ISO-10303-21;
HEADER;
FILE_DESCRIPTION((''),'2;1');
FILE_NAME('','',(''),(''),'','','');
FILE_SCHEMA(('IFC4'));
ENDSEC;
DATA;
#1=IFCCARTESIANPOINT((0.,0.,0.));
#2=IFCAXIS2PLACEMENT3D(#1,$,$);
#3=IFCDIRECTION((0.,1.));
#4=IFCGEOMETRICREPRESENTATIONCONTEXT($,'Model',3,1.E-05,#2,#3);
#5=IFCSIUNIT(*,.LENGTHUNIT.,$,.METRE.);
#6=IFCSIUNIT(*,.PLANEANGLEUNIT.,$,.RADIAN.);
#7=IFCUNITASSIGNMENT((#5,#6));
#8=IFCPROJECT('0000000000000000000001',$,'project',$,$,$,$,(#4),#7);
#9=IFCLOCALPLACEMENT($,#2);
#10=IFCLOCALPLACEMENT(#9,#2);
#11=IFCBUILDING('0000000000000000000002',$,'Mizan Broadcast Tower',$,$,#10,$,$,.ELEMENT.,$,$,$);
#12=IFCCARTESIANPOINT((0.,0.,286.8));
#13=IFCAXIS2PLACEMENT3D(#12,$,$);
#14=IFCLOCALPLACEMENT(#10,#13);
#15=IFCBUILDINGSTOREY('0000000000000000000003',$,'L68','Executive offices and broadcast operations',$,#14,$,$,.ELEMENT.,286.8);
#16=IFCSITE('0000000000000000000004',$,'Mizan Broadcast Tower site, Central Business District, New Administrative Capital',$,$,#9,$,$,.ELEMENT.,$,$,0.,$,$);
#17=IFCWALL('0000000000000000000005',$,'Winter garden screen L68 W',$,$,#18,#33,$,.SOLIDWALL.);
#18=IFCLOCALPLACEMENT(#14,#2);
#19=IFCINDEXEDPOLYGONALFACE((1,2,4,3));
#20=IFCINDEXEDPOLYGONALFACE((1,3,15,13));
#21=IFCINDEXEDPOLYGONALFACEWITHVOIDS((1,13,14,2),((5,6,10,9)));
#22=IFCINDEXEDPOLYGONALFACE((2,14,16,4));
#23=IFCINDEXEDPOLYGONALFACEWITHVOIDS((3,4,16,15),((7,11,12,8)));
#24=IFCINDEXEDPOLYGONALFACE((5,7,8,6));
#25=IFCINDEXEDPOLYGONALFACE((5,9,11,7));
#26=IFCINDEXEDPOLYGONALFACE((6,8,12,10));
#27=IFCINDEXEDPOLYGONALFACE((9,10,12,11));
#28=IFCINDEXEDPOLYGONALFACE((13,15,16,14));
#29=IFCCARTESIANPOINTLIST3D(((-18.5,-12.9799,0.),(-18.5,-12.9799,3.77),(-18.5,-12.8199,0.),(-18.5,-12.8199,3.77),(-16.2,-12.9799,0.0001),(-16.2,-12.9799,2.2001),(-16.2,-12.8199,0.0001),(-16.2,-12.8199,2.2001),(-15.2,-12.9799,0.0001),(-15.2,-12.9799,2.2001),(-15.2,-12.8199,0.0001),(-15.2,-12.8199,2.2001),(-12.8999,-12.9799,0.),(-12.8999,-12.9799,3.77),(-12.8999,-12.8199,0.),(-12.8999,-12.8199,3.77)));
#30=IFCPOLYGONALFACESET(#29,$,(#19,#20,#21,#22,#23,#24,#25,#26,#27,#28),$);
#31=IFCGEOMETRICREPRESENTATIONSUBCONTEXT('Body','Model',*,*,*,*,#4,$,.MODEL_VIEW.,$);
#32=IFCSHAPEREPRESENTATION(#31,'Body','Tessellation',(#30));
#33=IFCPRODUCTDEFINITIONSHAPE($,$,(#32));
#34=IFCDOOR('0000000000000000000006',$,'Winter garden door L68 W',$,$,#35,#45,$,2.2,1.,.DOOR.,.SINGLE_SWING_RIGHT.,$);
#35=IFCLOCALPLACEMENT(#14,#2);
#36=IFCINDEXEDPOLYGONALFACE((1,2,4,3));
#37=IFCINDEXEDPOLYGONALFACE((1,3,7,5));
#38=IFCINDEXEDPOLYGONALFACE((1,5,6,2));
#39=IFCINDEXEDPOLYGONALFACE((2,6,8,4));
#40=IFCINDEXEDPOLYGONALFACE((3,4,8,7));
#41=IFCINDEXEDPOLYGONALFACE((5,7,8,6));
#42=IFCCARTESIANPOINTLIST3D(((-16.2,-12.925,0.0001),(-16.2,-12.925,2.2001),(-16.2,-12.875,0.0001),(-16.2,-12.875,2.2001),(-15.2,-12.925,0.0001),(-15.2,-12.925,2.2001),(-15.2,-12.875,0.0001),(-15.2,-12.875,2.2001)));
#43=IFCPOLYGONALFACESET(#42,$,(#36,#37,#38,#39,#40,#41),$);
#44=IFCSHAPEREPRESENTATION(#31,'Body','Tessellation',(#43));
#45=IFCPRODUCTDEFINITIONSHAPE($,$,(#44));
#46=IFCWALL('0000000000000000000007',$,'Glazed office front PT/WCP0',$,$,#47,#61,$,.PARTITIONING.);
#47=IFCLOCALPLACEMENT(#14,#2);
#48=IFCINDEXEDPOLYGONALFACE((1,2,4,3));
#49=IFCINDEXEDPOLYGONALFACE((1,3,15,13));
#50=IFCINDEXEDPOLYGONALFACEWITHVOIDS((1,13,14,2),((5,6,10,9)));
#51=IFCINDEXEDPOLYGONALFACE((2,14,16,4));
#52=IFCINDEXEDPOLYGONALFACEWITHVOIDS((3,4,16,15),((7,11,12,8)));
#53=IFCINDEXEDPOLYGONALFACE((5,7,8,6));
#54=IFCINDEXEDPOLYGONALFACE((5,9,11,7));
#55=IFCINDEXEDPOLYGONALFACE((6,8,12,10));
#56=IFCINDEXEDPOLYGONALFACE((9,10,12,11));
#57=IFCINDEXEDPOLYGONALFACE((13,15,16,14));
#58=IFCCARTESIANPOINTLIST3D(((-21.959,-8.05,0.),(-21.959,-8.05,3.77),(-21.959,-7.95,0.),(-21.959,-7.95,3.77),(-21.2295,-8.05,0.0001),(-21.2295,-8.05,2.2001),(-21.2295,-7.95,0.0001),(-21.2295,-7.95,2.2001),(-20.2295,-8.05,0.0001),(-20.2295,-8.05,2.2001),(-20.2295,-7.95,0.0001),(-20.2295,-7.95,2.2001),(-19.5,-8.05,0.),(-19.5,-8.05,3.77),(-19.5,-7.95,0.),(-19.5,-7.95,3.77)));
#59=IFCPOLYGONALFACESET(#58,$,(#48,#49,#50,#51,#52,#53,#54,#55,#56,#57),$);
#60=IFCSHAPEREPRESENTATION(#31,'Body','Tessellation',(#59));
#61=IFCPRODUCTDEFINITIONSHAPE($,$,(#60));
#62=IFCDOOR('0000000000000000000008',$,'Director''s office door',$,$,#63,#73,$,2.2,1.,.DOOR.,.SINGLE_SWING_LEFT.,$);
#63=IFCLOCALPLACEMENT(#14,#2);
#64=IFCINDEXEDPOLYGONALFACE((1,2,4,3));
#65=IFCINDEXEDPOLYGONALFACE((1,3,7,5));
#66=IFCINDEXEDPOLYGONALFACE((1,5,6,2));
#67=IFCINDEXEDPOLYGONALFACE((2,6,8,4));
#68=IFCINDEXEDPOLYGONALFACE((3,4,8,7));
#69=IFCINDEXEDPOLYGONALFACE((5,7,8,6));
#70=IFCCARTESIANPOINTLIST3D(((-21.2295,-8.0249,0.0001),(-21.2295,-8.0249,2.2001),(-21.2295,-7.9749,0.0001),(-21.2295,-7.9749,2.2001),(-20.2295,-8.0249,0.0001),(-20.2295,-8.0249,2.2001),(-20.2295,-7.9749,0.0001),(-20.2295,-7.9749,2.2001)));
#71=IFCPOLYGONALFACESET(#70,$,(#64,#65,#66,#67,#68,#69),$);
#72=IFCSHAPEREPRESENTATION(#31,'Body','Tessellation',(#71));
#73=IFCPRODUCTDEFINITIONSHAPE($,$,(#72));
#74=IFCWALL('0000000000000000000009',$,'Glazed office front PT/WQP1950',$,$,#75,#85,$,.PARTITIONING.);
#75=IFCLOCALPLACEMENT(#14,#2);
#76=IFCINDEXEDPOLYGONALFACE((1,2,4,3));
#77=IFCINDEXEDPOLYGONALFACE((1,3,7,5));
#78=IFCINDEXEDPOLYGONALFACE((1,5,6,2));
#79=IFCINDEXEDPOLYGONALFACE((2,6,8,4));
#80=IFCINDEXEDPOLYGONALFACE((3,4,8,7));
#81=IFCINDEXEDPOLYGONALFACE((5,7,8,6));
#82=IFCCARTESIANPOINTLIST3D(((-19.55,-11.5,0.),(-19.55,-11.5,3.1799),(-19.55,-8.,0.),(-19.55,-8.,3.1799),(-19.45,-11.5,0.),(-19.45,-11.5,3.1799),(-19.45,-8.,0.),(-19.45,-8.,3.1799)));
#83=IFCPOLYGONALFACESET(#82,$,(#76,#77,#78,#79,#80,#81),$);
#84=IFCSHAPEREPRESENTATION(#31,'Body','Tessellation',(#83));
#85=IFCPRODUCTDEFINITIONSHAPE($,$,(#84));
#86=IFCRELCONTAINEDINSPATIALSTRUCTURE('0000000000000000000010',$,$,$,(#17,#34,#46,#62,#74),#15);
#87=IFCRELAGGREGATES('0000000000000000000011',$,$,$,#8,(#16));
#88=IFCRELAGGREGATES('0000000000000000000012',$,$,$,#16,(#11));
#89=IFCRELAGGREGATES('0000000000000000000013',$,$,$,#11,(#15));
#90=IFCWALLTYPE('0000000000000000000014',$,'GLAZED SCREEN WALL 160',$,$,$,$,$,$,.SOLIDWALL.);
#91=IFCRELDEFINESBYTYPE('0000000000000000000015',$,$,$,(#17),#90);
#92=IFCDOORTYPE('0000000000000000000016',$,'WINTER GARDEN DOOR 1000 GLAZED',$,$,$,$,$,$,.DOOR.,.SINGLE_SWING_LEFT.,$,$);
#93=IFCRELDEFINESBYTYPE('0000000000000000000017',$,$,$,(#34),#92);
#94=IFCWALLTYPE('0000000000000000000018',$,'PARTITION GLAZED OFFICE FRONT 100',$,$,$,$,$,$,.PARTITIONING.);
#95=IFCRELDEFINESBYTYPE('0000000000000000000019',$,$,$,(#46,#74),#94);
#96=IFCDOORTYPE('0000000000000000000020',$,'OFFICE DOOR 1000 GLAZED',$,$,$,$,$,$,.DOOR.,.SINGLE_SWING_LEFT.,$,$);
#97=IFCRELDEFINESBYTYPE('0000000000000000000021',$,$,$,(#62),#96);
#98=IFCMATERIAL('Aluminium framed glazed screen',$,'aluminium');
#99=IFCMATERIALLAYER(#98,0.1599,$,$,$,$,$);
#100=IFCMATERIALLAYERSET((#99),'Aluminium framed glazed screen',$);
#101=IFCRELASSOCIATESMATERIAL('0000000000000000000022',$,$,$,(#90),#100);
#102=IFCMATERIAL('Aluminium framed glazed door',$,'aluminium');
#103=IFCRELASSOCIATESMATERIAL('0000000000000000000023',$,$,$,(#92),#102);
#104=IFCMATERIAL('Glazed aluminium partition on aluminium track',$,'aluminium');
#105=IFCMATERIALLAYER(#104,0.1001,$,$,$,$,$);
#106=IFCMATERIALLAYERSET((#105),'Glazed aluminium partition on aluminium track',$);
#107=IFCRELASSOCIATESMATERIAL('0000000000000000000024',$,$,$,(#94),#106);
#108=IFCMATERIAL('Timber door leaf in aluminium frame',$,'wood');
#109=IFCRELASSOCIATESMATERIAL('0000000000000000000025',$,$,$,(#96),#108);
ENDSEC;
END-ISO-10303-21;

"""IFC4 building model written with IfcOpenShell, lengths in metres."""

from ifc_helpers import new_model, si_unit, direction, frame, frame_2d, origin, place, context, subcontext, project, spatial, rectangle, extrude, material, layer, layer_set, type_object, element, fill, save


model = new_model("IFC4")

# Units and contexts
model_context = context("Model", 3, precision=1e-05, world=origin(), true_north=direction((0.0, 1.0)))
body_context = subcontext(model_context, "Body", "Model", "MODEL_VIEW")
ifc_project = project(units=[si_unit("LENGTHUNIT", "METRE"), si_unit("PLANEANGLEUNIT", "RADIAN")], contexts=[model_context])

# Site, building, storey
site_placement = place(None, origin())
site = spatial("IfcSite", under=ifc_project, at=site_placement, Name="Mizan Broadcast Tower site, Central Business District, New Administrative Capital", CompositionType="ELEMENT", RefElevation=0.0)
building_placement = place(site_placement, origin())
building = spatial("IfcBuilding", under=site, at=building_placement, Name="Mizan Broadcast Tower", CompositionType="ELEMENT")
storey_placement = place(building_placement, frame((0.0, 0.0, 286.8)))
storey = spatial("IfcBuildingStorey", under=building, at=storey_placement, Name="L68", Description="Executive offices and broadcast operations", CompositionType="ELEMENT", Elevation=286.8)

# Walls, openings, doors
ifc_material_1 = material(Name="Aluminium framed glazed screen", Category="aluminium")
ifc_layer_1 = layer(ifc_material_1, 0.1599)
ifc_layer_set_1 = layer_set([ifc_layer_1], Name="Aluminium framed glazed screen")
wall_type_1 = type_object("IfcWallType", Name="GLAZED SCREEN WALL 160", PredefinedType="SOLIDWALL", material=ifc_layer_set_1)
wall_1_placement = place(storey_placement, frame((-18.5, -12.8999, 0.0), z_axis=(0.0, 0.0, 1.0), x_axis=(1.0, 0.0, 0.0)))
wall_1 = element("IfcWall", 1, at=wall_1_placement, inside=storey, type_object=wall_type_1, Name="Winter garden screen L68 W", PredefinedType="SOLIDWALL", context=body_context, shape_type="SweptSolid", body=[
    extrude(rectangle(XDim=5.6001, YDim=0.1599, at=frame_2d((2.8, 0.0))), origin(), (0.0, 0.0, 1.0), 3.77),
])
opening_1_placement = place(wall_1_placement, frame((2.3, 0.0, 0.0)))
opening_1 = element("IfcOpeningElement", 2, at=opening_1_placement, cuts=wall_1, PredefinedType="OPENING", context=body_context, shape_type="SweptSolid", body=[
    extrude(rectangle(XDim=1.0, YDim=2.2, at=frame_2d((0.5, 1.1001))), frame((0.0, 0.0898, 0.0), z_axis=(0.0, -1.0, 0.0), x_axis=(1.0, 0.0, 0.0)), (0.0, 0.0, 1.0), 0.1799),
])
ifc_material_2 = material(Name="Aluminium framed glazed door", Category="aluminium")
door_type_1 = type_object("IfcDoorType", Name="WINTER GARDEN DOOR 1000 GLAZED", OperationType="SINGLE_SWING_LEFT", PredefinedType="DOOR", material=ifc_material_2)
door_1_placement = place(opening_1_placement, origin())
door_1 = element("IfcDoor", 3, at=door_1_placement, inside=storey, type_object=door_type_1, Name="Winter garden door L68 W", OperationType="SINGLE_SWING_RIGHT", OverallHeight=2.2, OverallWidth=1.0, PredefinedType="DOOR", context=body_context, shape_type="SweptSolid", body=[
    extrude(rectangle(XDim=1.0, YDim=2.2, at=frame_2d((0.5, 1.1001))), frame((0.0, 0.0249, 0.0), z_axis=(0.0, -1.0, 0.0), x_axis=(1.0, 0.0, 0.0)), (0.0, 0.0, 1.0), 0.05),
])
fill(opening_1, door_1)
ifc_material_3 = material(Name="Glazed aluminium partition on aluminium track", Category="aluminium")
ifc_layer_2 = layer(ifc_material_3, 0.1001)
ifc_layer_set_2 = layer_set([ifc_layer_2], Name="Glazed aluminium partition on aluminium track")
wall_type_2 = type_object("IfcWallType", Name="PARTITION GLAZED OFFICE FRONT 100", PredefinedType="PARTITIONING", material=ifc_layer_set_2)
wall_2_placement = place(storey_placement, frame((-19.5, -8.0, 0.0), z_axis=(0.0, 0.0, 1.0), x_axis=(-1.0, 0.0, 0.0)))
wall_2 = element("IfcWall", 4, at=wall_2_placement, inside=storey, type_object=wall_type_2, Name="Glazed office front PT/WCP0", PredefinedType="PARTITIONING", context=body_context, shape_type="SweptSolid", body=[
    extrude(rectangle(XDim=2.459, YDim=0.1001, at=frame_2d((1.2295, 0.0))), origin(), (0.0, 0.0, 1.0), 3.77),
])
opening_2_placement = place(wall_2_placement, frame((0.7295, 0.0, 0.0)))
opening_2 = element("IfcOpeningElement", 5, at=opening_2_placement, cuts=wall_2, PredefinedType="OPENING", context=body_context, shape_type="SweptSolid", body=[
    extrude(rectangle(XDim=1.0, YDim=2.2, at=frame_2d((0.5, 1.1001))), frame((0.0, 0.0601, 0.0), z_axis=(0.0, -1.0, 0.0), x_axis=(1.0, 0.0, 0.0)), (0.0, 0.0, 1.0), 0.1201),
])
ifc_material_4 = material(Name="Timber door leaf in aluminium frame", Category="wood")
door_type_2 = type_object("IfcDoorType", Name="OFFICE DOOR 1000 GLAZED", OperationType="SINGLE_SWING_LEFT", PredefinedType="DOOR", material=ifc_material_4)
door_2_placement = place(opening_2_placement, origin())
door_2 = element("IfcDoor", 6, at=door_2_placement, inside=storey, type_object=door_type_2, Name="Director's office door", OperationType="SINGLE_SWING_LEFT", OverallHeight=2.2, OverallWidth=1.0, PredefinedType="DOOR", context=body_context, shape_type="SweptSolid", body=[
    extrude(rectangle(XDim=1.0, YDim=2.2, at=frame_2d((0.5, 1.1001))), frame((0.0, 0.0249, 0.0), z_axis=(0.0, -1.0, 0.0), x_axis=(1.0, 0.0, 0.0)), (0.0, 0.0, 1.0), 0.05),
])
fill(opening_2, door_2)

# Wall
wall_3_placement = place(storey_placement, frame((-19.5, -8.0, 0.0), z_axis=(0.0, 0.0, 1.0), x_axis=(0.0, -1.0, 0.0)))
element("IfcWall", 7, at=wall_3_placement, inside=storey, type_object=wall_type_2, Name="Glazed office front PT/WQP1950", PredefinedType="PARTITIONING", context=body_context, shape_type="SweptSolid", body=[
    extrude(rectangle(XDim=3.5, YDim=0.1001, at=frame_2d((1.75, 0.0))), origin(), (0.0, 0.0, 1.0), 3.1799),
])

save(model, "model.ifc")
